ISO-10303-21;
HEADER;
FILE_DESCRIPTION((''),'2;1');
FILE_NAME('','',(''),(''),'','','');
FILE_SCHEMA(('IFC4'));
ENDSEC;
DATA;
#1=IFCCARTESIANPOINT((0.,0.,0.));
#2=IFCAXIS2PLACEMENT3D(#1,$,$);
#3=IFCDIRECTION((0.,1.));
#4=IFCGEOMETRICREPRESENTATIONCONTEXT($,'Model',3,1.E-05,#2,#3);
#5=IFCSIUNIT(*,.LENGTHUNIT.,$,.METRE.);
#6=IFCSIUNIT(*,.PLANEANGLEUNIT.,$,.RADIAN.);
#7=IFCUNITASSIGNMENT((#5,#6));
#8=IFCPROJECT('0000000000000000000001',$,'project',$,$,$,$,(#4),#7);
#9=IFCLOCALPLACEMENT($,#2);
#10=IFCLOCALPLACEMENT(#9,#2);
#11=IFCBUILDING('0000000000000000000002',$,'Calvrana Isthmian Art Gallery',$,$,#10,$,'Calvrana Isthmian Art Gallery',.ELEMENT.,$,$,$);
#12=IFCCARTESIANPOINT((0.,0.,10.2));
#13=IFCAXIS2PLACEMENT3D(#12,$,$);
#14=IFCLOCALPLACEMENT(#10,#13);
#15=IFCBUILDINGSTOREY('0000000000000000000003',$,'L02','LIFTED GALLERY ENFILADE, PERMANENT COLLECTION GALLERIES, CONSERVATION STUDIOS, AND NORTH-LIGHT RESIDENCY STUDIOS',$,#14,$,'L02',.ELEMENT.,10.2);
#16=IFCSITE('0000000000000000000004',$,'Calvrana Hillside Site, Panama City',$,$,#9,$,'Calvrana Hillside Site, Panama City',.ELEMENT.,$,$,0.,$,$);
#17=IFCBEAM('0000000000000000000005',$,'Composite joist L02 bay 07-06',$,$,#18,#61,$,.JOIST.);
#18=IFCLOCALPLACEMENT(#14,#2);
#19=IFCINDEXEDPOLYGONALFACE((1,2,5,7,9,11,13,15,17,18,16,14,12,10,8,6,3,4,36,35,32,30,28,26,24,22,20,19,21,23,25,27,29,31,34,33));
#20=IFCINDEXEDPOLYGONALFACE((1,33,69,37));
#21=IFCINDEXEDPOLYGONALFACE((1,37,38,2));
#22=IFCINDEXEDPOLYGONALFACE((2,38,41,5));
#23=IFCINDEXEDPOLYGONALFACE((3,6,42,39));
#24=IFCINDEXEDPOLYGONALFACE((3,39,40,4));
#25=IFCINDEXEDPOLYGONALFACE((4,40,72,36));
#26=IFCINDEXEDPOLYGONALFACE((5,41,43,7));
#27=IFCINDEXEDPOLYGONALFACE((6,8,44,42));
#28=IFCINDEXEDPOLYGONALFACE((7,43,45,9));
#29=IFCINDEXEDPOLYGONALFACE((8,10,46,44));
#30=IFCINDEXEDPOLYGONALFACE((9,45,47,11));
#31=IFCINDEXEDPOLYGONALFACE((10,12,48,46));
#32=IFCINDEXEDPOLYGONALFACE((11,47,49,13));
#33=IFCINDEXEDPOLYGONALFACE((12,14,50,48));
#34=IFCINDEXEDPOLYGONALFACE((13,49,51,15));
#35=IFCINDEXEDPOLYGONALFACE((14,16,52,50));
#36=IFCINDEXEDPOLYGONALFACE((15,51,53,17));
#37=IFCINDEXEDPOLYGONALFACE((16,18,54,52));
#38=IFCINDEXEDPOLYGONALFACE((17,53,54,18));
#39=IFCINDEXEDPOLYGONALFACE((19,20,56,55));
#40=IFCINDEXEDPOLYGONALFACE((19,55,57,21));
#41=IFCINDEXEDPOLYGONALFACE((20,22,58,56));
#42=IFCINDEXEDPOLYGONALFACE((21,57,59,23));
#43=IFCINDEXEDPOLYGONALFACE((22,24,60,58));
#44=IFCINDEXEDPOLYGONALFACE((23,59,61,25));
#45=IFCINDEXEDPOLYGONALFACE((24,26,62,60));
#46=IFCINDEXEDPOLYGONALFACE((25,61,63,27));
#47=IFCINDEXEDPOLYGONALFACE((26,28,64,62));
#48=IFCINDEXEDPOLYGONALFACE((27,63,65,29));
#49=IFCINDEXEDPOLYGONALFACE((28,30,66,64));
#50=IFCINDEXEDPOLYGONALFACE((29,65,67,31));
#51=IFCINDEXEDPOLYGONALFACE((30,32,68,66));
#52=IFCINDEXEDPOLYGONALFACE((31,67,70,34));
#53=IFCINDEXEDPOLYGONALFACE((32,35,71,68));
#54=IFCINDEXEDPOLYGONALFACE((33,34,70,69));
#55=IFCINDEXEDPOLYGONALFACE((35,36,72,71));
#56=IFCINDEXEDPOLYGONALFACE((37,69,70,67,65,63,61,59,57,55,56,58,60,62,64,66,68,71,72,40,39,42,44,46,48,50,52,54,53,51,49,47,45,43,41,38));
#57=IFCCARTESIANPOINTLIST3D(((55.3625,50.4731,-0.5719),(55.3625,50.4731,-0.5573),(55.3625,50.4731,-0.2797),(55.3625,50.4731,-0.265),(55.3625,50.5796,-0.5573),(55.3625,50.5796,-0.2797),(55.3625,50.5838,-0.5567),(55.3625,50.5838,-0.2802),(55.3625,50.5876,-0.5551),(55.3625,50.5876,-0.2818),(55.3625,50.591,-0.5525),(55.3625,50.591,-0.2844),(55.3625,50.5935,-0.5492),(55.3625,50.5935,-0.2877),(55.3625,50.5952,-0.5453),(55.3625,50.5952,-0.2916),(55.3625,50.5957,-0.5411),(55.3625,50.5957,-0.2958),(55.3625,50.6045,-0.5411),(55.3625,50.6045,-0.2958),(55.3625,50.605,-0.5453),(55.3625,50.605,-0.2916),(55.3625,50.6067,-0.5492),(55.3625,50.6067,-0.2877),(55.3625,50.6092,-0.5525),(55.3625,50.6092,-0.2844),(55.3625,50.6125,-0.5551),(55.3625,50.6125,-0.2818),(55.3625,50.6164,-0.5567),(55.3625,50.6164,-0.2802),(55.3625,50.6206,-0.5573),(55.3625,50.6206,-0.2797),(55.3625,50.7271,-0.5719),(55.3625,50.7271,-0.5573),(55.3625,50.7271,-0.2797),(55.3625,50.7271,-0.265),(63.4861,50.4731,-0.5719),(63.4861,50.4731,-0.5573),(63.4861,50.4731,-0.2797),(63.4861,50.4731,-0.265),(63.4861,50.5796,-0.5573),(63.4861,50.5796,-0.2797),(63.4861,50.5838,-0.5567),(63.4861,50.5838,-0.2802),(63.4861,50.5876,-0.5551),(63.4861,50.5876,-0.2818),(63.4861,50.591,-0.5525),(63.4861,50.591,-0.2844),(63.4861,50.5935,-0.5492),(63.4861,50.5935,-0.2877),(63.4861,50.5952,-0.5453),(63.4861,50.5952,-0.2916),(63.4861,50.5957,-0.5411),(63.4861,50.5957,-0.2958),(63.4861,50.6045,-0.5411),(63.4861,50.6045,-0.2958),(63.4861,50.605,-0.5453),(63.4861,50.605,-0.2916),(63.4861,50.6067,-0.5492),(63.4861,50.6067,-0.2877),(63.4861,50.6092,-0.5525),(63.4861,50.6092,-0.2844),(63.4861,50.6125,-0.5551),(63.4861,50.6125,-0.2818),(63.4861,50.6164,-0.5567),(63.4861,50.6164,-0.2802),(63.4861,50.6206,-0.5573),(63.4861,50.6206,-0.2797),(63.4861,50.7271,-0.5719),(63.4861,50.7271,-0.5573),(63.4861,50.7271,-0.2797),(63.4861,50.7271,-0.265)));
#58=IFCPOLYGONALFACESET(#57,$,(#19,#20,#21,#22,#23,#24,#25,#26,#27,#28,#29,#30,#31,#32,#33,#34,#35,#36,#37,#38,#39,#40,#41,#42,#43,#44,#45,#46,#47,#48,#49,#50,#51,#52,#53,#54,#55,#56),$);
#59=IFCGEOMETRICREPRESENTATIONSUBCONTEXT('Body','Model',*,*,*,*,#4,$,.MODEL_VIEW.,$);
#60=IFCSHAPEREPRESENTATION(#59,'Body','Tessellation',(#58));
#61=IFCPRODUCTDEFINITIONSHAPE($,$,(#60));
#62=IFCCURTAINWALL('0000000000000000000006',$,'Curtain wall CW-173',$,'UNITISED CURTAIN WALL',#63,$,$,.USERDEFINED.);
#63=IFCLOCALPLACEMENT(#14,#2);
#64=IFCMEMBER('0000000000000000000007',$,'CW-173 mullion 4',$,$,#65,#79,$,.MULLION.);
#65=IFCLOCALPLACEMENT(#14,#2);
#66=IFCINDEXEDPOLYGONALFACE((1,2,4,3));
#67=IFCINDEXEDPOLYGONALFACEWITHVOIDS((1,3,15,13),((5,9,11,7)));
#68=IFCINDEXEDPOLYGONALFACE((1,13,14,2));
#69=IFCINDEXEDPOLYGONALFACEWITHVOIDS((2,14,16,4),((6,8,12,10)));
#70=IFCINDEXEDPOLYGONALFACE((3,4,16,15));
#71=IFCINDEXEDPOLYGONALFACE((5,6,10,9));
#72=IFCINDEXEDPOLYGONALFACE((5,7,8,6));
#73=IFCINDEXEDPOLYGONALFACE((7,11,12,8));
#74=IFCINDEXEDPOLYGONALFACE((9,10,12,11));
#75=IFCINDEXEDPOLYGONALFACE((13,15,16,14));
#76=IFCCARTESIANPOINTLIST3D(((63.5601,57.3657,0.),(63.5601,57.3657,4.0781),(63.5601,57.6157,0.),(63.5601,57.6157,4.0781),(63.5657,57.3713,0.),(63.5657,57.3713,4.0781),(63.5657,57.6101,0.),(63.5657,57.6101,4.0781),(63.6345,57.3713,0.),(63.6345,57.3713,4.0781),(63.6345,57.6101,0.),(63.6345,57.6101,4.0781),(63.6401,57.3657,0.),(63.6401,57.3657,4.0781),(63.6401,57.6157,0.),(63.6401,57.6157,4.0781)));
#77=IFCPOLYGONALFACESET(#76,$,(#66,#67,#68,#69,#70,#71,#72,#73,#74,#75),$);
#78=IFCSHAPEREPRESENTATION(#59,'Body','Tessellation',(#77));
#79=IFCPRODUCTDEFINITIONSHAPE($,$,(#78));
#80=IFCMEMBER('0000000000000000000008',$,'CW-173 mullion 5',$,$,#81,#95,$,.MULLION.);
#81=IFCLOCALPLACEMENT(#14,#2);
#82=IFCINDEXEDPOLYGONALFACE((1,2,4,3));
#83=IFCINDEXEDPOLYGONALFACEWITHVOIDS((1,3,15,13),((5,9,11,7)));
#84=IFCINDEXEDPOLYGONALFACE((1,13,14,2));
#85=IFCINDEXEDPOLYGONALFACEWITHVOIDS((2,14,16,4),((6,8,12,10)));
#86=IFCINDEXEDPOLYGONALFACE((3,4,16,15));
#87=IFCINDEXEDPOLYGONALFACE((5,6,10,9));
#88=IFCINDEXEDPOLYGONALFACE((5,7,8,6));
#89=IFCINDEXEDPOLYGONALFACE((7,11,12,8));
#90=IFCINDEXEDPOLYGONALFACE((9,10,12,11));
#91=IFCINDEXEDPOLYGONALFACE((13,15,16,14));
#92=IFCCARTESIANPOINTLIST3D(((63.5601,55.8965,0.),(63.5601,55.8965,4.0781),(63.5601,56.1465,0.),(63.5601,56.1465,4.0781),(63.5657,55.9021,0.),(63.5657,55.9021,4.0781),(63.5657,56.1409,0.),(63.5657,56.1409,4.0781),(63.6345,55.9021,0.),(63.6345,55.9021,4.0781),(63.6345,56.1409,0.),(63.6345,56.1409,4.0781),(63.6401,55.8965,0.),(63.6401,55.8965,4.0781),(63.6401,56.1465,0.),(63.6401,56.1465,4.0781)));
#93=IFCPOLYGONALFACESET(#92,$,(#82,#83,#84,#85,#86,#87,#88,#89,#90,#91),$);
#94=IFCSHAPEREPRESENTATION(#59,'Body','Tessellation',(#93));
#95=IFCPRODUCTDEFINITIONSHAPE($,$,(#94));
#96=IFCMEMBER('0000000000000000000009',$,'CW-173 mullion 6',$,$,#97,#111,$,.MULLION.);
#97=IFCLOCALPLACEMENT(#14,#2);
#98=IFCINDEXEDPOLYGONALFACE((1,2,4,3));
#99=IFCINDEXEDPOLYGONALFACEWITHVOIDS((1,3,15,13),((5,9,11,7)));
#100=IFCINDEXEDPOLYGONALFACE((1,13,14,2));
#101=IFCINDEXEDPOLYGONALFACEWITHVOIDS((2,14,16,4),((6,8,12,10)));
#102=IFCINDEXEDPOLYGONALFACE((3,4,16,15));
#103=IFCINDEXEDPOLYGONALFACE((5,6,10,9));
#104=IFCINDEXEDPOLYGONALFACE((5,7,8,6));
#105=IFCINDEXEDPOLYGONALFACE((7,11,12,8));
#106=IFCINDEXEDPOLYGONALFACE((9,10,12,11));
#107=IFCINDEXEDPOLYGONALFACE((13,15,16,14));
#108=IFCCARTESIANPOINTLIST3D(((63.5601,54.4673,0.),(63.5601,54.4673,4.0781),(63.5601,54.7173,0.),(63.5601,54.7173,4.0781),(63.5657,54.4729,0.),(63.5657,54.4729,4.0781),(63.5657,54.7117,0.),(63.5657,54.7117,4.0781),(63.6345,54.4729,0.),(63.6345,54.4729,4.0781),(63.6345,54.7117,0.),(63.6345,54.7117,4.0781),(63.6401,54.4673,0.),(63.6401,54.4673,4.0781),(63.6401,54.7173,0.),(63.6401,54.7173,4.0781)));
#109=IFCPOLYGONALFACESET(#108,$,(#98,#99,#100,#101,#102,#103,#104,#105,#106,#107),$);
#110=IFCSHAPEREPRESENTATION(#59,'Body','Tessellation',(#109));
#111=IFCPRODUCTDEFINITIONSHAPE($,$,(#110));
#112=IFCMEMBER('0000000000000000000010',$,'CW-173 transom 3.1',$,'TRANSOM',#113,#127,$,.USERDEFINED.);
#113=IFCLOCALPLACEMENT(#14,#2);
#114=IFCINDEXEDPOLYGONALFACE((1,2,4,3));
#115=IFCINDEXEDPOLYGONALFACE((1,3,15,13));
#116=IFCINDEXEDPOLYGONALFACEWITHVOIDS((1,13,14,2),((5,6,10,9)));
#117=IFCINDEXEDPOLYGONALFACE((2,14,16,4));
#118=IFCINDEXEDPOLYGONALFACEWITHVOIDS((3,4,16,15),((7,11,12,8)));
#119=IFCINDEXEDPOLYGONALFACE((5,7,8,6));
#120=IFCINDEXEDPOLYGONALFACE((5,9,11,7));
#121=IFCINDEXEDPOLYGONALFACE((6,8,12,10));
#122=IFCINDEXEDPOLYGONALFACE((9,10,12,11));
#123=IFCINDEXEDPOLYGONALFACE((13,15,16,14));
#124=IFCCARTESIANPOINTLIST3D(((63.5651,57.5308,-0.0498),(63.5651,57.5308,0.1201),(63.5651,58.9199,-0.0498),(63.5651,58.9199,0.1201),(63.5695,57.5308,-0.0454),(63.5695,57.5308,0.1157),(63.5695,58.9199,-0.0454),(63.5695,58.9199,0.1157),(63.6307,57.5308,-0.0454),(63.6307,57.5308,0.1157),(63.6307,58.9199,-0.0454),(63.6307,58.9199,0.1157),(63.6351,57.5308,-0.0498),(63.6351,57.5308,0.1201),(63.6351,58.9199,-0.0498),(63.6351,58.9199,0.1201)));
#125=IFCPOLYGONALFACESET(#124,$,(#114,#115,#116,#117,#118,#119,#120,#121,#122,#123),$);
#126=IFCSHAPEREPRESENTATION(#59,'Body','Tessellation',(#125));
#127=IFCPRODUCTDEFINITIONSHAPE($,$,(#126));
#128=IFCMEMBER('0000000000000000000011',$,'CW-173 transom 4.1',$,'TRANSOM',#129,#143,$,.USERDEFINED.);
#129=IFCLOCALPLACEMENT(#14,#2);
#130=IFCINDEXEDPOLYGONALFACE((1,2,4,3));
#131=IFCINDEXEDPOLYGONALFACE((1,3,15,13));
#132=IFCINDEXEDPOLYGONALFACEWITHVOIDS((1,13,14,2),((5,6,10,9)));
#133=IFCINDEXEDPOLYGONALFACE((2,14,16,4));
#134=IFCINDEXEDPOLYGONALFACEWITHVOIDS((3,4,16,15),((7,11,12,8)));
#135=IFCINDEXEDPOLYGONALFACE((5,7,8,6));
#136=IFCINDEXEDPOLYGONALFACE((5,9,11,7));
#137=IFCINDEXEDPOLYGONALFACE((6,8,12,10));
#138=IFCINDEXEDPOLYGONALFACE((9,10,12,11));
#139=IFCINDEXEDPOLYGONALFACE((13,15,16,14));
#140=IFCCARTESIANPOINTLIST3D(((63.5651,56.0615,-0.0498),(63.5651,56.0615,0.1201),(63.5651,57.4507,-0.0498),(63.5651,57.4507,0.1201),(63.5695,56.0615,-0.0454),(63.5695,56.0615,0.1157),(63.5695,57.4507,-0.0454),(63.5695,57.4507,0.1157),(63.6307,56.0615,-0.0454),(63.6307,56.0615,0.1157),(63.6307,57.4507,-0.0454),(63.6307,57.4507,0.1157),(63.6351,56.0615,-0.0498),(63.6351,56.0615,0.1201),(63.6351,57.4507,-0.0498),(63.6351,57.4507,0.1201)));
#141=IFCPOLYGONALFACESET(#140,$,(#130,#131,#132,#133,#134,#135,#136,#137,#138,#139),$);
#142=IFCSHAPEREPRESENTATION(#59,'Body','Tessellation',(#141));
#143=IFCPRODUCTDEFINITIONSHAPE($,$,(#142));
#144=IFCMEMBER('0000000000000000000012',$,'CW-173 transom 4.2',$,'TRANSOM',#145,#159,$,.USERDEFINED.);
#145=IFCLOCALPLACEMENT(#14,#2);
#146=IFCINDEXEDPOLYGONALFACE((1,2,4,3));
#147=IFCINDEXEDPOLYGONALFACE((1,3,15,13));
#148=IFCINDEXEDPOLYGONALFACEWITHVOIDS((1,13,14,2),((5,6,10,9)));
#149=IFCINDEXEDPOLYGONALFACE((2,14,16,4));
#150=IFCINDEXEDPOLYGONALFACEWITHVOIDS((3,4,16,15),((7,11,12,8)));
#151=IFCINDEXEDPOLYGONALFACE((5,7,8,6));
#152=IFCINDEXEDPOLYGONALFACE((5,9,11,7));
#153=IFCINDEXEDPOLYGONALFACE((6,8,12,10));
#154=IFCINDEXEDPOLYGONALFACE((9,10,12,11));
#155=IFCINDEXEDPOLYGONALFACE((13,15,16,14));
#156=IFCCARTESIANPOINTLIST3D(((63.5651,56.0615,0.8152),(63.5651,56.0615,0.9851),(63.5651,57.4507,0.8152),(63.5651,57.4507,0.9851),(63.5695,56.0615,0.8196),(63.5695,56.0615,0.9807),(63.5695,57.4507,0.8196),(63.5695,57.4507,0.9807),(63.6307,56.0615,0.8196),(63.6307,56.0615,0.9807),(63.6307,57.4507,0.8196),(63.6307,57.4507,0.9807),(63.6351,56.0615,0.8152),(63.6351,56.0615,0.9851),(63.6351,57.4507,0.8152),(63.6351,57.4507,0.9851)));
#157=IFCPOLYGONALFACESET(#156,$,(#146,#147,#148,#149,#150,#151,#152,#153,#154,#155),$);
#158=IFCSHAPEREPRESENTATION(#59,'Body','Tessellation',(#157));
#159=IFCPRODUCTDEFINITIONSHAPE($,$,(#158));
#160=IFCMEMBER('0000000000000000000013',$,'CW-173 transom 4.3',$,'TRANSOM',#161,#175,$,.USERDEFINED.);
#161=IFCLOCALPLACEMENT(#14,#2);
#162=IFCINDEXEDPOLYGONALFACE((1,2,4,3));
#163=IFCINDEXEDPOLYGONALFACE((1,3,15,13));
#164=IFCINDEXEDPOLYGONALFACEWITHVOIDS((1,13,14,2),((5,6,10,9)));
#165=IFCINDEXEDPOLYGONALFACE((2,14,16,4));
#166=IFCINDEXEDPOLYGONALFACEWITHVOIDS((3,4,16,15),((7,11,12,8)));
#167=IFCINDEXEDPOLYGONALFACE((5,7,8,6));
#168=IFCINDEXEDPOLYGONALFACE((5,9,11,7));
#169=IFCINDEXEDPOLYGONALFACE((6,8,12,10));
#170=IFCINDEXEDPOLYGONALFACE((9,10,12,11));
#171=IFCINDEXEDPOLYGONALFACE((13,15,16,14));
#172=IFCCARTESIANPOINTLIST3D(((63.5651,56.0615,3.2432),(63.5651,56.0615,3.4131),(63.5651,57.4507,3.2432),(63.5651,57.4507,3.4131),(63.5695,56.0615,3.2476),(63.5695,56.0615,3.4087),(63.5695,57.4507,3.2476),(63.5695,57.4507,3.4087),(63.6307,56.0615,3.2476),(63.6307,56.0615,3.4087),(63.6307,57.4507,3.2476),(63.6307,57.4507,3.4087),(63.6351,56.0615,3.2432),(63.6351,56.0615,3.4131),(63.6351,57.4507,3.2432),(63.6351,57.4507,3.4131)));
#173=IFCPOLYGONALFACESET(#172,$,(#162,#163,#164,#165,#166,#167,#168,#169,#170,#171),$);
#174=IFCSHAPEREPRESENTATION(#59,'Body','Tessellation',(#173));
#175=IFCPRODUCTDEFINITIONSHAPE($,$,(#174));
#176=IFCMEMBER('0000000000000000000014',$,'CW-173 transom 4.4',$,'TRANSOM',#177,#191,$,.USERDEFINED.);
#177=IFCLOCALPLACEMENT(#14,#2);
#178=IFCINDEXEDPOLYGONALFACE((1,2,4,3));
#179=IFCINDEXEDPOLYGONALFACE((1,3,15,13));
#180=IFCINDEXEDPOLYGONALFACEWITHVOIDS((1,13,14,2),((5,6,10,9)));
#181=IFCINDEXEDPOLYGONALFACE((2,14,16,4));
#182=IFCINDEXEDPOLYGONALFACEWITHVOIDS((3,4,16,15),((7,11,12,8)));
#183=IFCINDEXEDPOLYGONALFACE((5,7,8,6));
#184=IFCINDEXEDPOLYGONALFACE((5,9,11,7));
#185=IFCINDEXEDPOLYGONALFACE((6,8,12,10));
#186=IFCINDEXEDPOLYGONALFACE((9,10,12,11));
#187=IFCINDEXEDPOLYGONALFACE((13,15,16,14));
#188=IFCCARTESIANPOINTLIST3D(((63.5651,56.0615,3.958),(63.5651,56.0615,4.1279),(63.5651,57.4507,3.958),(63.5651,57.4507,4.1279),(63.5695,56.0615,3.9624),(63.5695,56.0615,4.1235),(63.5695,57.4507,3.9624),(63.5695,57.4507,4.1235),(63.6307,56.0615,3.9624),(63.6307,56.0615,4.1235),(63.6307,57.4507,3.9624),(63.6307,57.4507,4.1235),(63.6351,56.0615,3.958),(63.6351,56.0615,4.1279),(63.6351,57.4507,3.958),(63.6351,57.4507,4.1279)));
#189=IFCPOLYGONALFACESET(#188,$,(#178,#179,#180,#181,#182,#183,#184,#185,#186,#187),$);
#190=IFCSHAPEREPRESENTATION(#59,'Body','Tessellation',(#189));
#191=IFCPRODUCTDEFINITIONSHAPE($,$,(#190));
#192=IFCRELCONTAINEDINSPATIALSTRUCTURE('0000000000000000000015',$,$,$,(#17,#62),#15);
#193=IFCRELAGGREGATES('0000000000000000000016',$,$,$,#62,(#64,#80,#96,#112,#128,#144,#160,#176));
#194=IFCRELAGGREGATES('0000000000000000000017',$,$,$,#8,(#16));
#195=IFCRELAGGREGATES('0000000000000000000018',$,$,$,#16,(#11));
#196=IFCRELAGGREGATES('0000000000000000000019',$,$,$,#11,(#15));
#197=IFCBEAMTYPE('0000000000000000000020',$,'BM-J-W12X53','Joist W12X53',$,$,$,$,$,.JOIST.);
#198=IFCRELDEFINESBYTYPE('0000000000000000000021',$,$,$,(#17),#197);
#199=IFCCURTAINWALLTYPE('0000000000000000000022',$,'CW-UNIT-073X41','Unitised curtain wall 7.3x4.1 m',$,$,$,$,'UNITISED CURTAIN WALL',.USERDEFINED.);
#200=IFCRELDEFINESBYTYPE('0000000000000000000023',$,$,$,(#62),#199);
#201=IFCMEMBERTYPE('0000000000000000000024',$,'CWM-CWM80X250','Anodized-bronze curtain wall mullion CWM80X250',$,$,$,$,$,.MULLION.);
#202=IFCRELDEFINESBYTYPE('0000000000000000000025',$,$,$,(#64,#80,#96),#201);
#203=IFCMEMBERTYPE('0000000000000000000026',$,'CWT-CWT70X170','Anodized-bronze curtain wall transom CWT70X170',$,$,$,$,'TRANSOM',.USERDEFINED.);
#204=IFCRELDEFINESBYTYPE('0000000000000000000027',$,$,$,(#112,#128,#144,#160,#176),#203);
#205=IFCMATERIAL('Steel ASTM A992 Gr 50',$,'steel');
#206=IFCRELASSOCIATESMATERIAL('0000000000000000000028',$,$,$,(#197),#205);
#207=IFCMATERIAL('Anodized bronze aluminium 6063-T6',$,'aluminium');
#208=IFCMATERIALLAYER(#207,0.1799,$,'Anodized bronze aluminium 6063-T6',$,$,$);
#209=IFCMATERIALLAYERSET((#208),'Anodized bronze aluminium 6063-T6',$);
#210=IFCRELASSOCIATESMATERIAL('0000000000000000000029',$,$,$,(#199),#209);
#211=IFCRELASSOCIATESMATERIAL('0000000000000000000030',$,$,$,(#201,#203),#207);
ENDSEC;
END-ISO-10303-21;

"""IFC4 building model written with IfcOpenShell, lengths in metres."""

from ifc_helpers import new_model, si_unit, direction, frame, origin, origin_2d, place, context, subcontext, project, spatial, hollow_rectangle, i_section, extrude, material, layer, layer_set, material_profile, profile_set, type_object, element, aggregate, save


model = new_model("IFC4")

# Units and contexts
model_context = context("Model", 3, precision=1e-05, world=origin(), true_north=direction((0.0, 1.0)))
body_context = subcontext(model_context, "Body", "Model", "MODEL_VIEW")
ifc_project = project(units=[si_unit("LENGTHUNIT", "METRE"), si_unit("PLANEANGLEUNIT", "RADIAN")], contexts=[model_context])

# Site, building, storey
site_placement = place(None, origin())
site = spatial("IfcSite", under=ifc_project, at=site_placement, Name="Calvrana Hillside Site, Panama City", LongName="Calvrana Hillside Site, Panama City", CompositionType="ELEMENT", RefElevation=0.0)
building_placement = place(site_placement, origin())
building = spatial("IfcBuilding", under=site, at=building_placement, Name="Calvrana Isthmian Art Gallery", LongName="Calvrana Isthmian Art Gallery", CompositionType="ELEMENT")
storey_placement = place(building_placement, frame((0.0, 0.0, 10.2)))
storey = spatial("IfcBuildingStorey", under=building, at=storey_placement, Name="L02", Description="LIFTED GALLERY ENFILADE, PERMANENT COLLECTION GALLERIES, CONSERVATION STUDIOS, AND NORTH-LIGHT RESIDENCY STUDIOS", LongName="L02", CompositionType="ELEMENT", Elevation=10.2)

# Shared definitions
ifc_material_1 = material(Name="Steel ASTM A992 Gr 50", Category="steel")

# Beam
ifc_material_profile_1 = material_profile(ifc_material_1, i_section(OverallWidth=0.2539, OverallDepth=0.3069, WebThickness=0.0088, FlangeThickness=0.0146, FilletRadius=0.0161, at=origin_2d()), Name="W12X53")
ifc_profile_set_1 = profile_set([ifc_material_profile_1], Name="Steel ASTM A992 Gr 50")
beam_type_1 = type_object("IfcBeamType", Name="BM-J-W12X53", Description="Joist W12X53", PredefinedType="JOIST", material=ifc_profile_set_1)
beam_1_placement = place(storey_placement, frame((55.3625, 50.6001, -0.4185), z_axis=(1.0, 0.0, 0.0), x_axis=(0.0, 1.0, 0.0)))
element("IfcBeam", 1, at=beam_1_placement, inside=storey, type_object=beam_type_1, Name="Composite joist L02 bay 07-06", PredefinedType="JOIST", context=body_context, shape_type="SweptSolid", body=[
    extrude(i_section(OverallWidth=0.2539, OverallDepth=0.3069, WebThickness=0.0088, FlangeThickness=0.0146, FilletRadius=0.0161, at=origin_2d()), origin(), (0.0, 0.0, 1.0), 8.1235),
])

# Curtain wall, members
ifc_material_2 = material(Name="Anodized bronze aluminium 6063-T6", Category="aluminium")
ifc_layer_1 = layer(ifc_material_2, 0.1799, Name="Anodized bronze aluminium 6063-T6")
ifc_layer_set_1 = layer_set([ifc_layer_1], Name="Anodized bronze aluminium 6063-T6")
curtain_wall_type = type_object("IfcCurtainWallType", Name="CW-UNIT-073X41", Description="Unitised curtain wall 7.3x4.1 m", ElementType="UNITISED CURTAIN WALL", PredefinedType="USERDEFINED", material=ifc_layer_set_1)
curtain_wall_placement = place(storey_placement, origin())
curtain_wall = element("IfcCurtainWall", 2, at=curtain_wall_placement, inside=storey, type_object=curtain_wall_type, Name="Curtain wall CW-173", ObjectType="UNITISED CURTAIN WALL", PredefinedType="USERDEFINED")
ifc_material_profile_2 = material_profile(ifc_material_2, hollow_rectangle(XDim=0.0801, YDim=0.25, WallThickness=0.0056, at=origin_2d()), Name="CWM80X250")
ifc_profile_set_2 = profile_set([ifc_material_profile_2], Name="Anodized bronze aluminium 6063-T6")
member_type_1 = type_object("IfcMemberType", Name="CWM-CWM80X250", Description="Anodized-bronze curtain wall mullion CWM80X250", PredefinedType="MULLION", material=ifc_profile_set_2)
member_1_placement = place(storey_placement, frame((63.6001, 57.4907, 0.0), z_axis=(0.0, 0.0, 1.0), x_axis=(1.0, 0.0, 0.0)))
member_1 = element("IfcMember", 3, at=member_1_placement, type_object=member_type_1, Name="CW-173 mullion 4", PredefinedType="MULLION", context=body_context, shape_type="SweptSolid", body=[
    extrude(hollow_rectangle(XDim=0.0801, YDim=0.25, WallThickness=0.0056, at=origin_2d()), origin(), (0.0, 0.0, 1.0), 4.0781),
])
member_2_placement = place(storey_placement, frame((63.6001, 56.0215, 0.0), z_axis=(0.0, 0.0, 1.0), x_axis=(1.0, 0.0, 0.0)))
member_2 = element("IfcMember", 4, at=member_2_placement, type_object=member_type_1, Name="CW-173 mullion 5", PredefinedType="MULLION", context=body_context, shape_type="SweptSolid", body=[
    extrude(hollow_rectangle(XDim=0.0801, YDim=0.25, WallThickness=0.0056, at=origin_2d()), origin(), (0.0, 0.0, 1.0), 4.0781),
])
member_3_placement = place(storey_placement, frame((63.6001, 54.5923, 0.0), z_axis=(0.0, 0.0, 1.0), x_axis=(1.0, 0.0, 0.0)))
member_3 = element("IfcMember", 5, at=member_3_placement, type_object=member_type_1, Name="CW-173 mullion 6", PredefinedType="MULLION", context=body_context, shape_type="SweptSolid", body=[
    extrude(hollow_rectangle(XDim=0.0801, YDim=0.25, WallThickness=0.0056, at=origin_2d()), origin(), (0.0, 0.0, 1.0), 4.0781),
])
ifc_material_profile_3 = material_profile(ifc_material_2, hollow_rectangle(XDim=0.0701, YDim=0.1699, WallThickness=0.0044, at=origin_2d()), Name="CWT70X170")
ifc_profile_set_3 = profile_set([ifc_material_profile_3], Name="Anodized bronze aluminium 6063-T6")
member_type_2 = type_object("IfcMemberType", Name="CWT-CWT70X170", Description="Anodized-bronze curtain wall transom CWT70X170", ElementType="TRANSOM", PredefinedType="USERDEFINED", material=ifc_profile_set_3)
member_4_placement = place(storey_placement, frame((63.6001, 58.9199, 0.0352), z_axis=(0.0, -1.0, 0.0), x_axis=(1.0, 0.0, 0.0)))
member_4 = element("IfcMember", 6, at=member_4_placement, type_object=member_type_2, Name="CW-173 transom 3.1", ObjectType="TRANSOM", PredefinedType="USERDEFINED", context=body_context, shape_type="SweptSolid", body=[
    extrude(hollow_rectangle(XDim=0.0701, YDim=0.1699, WallThickness=0.0044, at=origin_2d()), origin(), (0.0, 0.0, 1.0), 1.3892),
])
member_5_placement = place(storey_placement, frame((63.6001, 57.4507, 0.0352), z_axis=(0.0, -1.0, 0.0), x_axis=(1.0, 0.0, 0.0)))
member_5 = element("IfcMember", 7, at=member_5_placement, type_object=member_type_2, Name="CW-173 transom 4.1", ObjectType="TRANSOM", PredefinedType="USERDEFINED", context=body_context, shape_type="SweptSolid", body=[
    extrude(hollow_rectangle(XDim=0.0701, YDim=0.1699, WallThickness=0.0044, at=origin_2d()), origin(), (0.0, 0.0, 1.0), 1.3892),
])
member_6_placement = place(storey_placement, frame((63.6001, 57.4507, 0.9001), z_axis=(0.0, -1.0, 0.0), x_axis=(1.0, 0.0, 0.0)))
member_6 = element("IfcMember", 8, at=member_6_placement, type_object=member_type_2, Name="CW-173 transom 4.2", ObjectType="TRANSOM", PredefinedType="USERDEFINED", context=body_context, shape_type="SweptSolid", body=[
    extrude(hollow_rectangle(XDim=0.0701, YDim=0.1699, WallThickness=0.0044, at=origin_2d()), origin(), (0.0, 0.0, 1.0), 1.3892),
])
member_7_placement = place(storey_placement, frame((63.6001, 57.4507, 3.3281), z_axis=(0.0, -1.0, 0.0), x_axis=(1.0, 0.0, 0.0)))
member_7 = element("IfcMember", 9, at=member_7_placement, type_object=member_type_2, Name="CW-173 transom 4.3", ObjectType="TRANSOM", PredefinedType="USERDEFINED", context=body_context, shape_type="SweptSolid", body=[
    extrude(hollow_rectangle(XDim=0.0701, YDim=0.1699, WallThickness=0.0044, at=origin_2d()), origin(), (0.0, 0.0, 1.0), 1.3892),
])
member_8_placement = place(storey_placement, frame((63.6001, 57.4507, 4.043), z_axis=(0.0, -1.0, 0.0), x_axis=(1.0, 0.0, 0.0)))
member_8 = element("IfcMember", 10, at=member_8_placement, type_object=member_type_2, Name="CW-173 transom 4.4", ObjectType="TRANSOM", PredefinedType="USERDEFINED", context=body_context, shape_type="SweptSolid", body=[
    extrude(hollow_rectangle(XDim=0.0701, YDim=0.1699, WallThickness=0.0044, at=origin_2d()), origin(), (0.0, 0.0, 1.0), 1.3892),
])
aggregate(curtain_wall, [member_1, member_2, member_3, member_4, member_5, member_6, member_7, member_8])

save(model, "model.ifc")
